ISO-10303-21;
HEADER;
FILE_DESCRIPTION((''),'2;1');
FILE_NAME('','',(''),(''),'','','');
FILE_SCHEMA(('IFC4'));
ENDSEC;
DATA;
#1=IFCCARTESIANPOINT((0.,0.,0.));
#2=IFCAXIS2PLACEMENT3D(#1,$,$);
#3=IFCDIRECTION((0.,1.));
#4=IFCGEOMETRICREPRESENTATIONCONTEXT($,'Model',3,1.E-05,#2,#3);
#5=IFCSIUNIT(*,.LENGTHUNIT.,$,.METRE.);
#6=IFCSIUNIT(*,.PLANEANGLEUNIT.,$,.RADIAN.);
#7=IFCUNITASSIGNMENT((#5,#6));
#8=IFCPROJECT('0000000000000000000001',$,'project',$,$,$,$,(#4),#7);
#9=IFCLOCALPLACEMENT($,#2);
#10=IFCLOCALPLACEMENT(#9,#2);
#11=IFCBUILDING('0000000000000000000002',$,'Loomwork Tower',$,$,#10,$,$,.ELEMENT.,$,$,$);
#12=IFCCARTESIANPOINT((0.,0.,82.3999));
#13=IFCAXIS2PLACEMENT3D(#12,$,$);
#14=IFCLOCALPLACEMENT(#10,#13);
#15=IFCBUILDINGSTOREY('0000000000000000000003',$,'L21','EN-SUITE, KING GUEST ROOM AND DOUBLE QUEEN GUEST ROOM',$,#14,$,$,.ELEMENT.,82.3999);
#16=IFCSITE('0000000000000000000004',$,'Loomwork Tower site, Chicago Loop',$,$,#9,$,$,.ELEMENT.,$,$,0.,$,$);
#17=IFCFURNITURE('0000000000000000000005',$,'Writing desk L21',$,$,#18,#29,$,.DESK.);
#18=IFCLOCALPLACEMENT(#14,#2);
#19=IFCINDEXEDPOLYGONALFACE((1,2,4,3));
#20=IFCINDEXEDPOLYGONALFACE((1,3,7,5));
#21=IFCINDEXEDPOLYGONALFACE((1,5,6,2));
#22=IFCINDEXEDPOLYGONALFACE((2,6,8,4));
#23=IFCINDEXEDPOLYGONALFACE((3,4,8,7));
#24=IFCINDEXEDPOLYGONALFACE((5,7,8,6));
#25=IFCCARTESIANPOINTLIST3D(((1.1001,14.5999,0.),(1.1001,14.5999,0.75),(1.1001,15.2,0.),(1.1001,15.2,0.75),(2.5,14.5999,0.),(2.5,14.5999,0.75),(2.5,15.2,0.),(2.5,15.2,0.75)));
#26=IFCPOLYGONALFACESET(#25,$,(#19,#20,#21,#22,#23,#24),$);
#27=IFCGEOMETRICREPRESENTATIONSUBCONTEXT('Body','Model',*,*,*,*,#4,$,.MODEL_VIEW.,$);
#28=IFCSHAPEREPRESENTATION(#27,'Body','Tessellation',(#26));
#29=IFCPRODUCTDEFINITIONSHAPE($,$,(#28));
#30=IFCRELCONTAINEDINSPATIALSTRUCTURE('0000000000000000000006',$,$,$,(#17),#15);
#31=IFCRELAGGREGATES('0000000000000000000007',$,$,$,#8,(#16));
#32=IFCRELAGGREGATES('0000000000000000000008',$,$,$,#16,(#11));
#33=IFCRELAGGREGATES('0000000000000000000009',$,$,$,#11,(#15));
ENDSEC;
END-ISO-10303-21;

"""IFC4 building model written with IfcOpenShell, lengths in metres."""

from ifc_helpers import new_model, si_unit, direction, frame, origin, origin_2d, place, context, subcontext, project, spatial, rectangle, extrude, element, save


model = new_model("IFC4")

# Units and contexts
model_context = context("Model", 3, precision=1e-05, world=origin(), true_north=direction((0.0, 1.0)))
body_context = subcontext(model_context, "Body", "Model", "MODEL_VIEW")
ifc_project = project(units=[si_unit("LENGTHUNIT", "METRE"), si_unit("PLANEANGLEUNIT", "RADIAN")], contexts=[model_context])

# Site, building, storey
site_placement = place(None, origin())
site = spatial("IfcSite", under=ifc_project, at=site_placement, Name="Loomwork Tower site, Chicago Loop", CompositionType="ELEMENT", RefElevation=0.0)
building_placement = place(site_placement, origin())
building = spatial("IfcBuilding", under=site, at=building_placement, Name="Loomwork Tower", CompositionType="ELEMENT")
storey_placement = place(building_placement, frame((0.0, 0.0, 82.3999)))
storey = spatial("IfcBuildingStorey", under=building, at=storey_placement, Name="L21", Description="EN-SUITE, KING GUEST ROOM AND DOUBLE QUEEN GUEST ROOM", CompositionType="ELEMENT", Elevation=82.3999)

# Furniture
for number, where, z_axis, x_axis, name in (
    (1, (1.8, 14.8999, 0.0), (0.0, 0.0, 1.0), (1.0, 0.0, 0.0), "Writing desk L21"),
):
    element("IfcFurniture", number, at=place(storey_placement, frame(where, z_axis=z_axis, x_axis=x_axis)), inside=storey, Name=name, PredefinedType="DESK", context=body_context, shape_type="SweptSolid", body=[
        extrude(rectangle(XDim=1.3999, YDim=0.6001, at=origin_2d()), origin(), (0.0, 0.0, 1.0), 0.75),
    ])

save(model, "model.ifc")
